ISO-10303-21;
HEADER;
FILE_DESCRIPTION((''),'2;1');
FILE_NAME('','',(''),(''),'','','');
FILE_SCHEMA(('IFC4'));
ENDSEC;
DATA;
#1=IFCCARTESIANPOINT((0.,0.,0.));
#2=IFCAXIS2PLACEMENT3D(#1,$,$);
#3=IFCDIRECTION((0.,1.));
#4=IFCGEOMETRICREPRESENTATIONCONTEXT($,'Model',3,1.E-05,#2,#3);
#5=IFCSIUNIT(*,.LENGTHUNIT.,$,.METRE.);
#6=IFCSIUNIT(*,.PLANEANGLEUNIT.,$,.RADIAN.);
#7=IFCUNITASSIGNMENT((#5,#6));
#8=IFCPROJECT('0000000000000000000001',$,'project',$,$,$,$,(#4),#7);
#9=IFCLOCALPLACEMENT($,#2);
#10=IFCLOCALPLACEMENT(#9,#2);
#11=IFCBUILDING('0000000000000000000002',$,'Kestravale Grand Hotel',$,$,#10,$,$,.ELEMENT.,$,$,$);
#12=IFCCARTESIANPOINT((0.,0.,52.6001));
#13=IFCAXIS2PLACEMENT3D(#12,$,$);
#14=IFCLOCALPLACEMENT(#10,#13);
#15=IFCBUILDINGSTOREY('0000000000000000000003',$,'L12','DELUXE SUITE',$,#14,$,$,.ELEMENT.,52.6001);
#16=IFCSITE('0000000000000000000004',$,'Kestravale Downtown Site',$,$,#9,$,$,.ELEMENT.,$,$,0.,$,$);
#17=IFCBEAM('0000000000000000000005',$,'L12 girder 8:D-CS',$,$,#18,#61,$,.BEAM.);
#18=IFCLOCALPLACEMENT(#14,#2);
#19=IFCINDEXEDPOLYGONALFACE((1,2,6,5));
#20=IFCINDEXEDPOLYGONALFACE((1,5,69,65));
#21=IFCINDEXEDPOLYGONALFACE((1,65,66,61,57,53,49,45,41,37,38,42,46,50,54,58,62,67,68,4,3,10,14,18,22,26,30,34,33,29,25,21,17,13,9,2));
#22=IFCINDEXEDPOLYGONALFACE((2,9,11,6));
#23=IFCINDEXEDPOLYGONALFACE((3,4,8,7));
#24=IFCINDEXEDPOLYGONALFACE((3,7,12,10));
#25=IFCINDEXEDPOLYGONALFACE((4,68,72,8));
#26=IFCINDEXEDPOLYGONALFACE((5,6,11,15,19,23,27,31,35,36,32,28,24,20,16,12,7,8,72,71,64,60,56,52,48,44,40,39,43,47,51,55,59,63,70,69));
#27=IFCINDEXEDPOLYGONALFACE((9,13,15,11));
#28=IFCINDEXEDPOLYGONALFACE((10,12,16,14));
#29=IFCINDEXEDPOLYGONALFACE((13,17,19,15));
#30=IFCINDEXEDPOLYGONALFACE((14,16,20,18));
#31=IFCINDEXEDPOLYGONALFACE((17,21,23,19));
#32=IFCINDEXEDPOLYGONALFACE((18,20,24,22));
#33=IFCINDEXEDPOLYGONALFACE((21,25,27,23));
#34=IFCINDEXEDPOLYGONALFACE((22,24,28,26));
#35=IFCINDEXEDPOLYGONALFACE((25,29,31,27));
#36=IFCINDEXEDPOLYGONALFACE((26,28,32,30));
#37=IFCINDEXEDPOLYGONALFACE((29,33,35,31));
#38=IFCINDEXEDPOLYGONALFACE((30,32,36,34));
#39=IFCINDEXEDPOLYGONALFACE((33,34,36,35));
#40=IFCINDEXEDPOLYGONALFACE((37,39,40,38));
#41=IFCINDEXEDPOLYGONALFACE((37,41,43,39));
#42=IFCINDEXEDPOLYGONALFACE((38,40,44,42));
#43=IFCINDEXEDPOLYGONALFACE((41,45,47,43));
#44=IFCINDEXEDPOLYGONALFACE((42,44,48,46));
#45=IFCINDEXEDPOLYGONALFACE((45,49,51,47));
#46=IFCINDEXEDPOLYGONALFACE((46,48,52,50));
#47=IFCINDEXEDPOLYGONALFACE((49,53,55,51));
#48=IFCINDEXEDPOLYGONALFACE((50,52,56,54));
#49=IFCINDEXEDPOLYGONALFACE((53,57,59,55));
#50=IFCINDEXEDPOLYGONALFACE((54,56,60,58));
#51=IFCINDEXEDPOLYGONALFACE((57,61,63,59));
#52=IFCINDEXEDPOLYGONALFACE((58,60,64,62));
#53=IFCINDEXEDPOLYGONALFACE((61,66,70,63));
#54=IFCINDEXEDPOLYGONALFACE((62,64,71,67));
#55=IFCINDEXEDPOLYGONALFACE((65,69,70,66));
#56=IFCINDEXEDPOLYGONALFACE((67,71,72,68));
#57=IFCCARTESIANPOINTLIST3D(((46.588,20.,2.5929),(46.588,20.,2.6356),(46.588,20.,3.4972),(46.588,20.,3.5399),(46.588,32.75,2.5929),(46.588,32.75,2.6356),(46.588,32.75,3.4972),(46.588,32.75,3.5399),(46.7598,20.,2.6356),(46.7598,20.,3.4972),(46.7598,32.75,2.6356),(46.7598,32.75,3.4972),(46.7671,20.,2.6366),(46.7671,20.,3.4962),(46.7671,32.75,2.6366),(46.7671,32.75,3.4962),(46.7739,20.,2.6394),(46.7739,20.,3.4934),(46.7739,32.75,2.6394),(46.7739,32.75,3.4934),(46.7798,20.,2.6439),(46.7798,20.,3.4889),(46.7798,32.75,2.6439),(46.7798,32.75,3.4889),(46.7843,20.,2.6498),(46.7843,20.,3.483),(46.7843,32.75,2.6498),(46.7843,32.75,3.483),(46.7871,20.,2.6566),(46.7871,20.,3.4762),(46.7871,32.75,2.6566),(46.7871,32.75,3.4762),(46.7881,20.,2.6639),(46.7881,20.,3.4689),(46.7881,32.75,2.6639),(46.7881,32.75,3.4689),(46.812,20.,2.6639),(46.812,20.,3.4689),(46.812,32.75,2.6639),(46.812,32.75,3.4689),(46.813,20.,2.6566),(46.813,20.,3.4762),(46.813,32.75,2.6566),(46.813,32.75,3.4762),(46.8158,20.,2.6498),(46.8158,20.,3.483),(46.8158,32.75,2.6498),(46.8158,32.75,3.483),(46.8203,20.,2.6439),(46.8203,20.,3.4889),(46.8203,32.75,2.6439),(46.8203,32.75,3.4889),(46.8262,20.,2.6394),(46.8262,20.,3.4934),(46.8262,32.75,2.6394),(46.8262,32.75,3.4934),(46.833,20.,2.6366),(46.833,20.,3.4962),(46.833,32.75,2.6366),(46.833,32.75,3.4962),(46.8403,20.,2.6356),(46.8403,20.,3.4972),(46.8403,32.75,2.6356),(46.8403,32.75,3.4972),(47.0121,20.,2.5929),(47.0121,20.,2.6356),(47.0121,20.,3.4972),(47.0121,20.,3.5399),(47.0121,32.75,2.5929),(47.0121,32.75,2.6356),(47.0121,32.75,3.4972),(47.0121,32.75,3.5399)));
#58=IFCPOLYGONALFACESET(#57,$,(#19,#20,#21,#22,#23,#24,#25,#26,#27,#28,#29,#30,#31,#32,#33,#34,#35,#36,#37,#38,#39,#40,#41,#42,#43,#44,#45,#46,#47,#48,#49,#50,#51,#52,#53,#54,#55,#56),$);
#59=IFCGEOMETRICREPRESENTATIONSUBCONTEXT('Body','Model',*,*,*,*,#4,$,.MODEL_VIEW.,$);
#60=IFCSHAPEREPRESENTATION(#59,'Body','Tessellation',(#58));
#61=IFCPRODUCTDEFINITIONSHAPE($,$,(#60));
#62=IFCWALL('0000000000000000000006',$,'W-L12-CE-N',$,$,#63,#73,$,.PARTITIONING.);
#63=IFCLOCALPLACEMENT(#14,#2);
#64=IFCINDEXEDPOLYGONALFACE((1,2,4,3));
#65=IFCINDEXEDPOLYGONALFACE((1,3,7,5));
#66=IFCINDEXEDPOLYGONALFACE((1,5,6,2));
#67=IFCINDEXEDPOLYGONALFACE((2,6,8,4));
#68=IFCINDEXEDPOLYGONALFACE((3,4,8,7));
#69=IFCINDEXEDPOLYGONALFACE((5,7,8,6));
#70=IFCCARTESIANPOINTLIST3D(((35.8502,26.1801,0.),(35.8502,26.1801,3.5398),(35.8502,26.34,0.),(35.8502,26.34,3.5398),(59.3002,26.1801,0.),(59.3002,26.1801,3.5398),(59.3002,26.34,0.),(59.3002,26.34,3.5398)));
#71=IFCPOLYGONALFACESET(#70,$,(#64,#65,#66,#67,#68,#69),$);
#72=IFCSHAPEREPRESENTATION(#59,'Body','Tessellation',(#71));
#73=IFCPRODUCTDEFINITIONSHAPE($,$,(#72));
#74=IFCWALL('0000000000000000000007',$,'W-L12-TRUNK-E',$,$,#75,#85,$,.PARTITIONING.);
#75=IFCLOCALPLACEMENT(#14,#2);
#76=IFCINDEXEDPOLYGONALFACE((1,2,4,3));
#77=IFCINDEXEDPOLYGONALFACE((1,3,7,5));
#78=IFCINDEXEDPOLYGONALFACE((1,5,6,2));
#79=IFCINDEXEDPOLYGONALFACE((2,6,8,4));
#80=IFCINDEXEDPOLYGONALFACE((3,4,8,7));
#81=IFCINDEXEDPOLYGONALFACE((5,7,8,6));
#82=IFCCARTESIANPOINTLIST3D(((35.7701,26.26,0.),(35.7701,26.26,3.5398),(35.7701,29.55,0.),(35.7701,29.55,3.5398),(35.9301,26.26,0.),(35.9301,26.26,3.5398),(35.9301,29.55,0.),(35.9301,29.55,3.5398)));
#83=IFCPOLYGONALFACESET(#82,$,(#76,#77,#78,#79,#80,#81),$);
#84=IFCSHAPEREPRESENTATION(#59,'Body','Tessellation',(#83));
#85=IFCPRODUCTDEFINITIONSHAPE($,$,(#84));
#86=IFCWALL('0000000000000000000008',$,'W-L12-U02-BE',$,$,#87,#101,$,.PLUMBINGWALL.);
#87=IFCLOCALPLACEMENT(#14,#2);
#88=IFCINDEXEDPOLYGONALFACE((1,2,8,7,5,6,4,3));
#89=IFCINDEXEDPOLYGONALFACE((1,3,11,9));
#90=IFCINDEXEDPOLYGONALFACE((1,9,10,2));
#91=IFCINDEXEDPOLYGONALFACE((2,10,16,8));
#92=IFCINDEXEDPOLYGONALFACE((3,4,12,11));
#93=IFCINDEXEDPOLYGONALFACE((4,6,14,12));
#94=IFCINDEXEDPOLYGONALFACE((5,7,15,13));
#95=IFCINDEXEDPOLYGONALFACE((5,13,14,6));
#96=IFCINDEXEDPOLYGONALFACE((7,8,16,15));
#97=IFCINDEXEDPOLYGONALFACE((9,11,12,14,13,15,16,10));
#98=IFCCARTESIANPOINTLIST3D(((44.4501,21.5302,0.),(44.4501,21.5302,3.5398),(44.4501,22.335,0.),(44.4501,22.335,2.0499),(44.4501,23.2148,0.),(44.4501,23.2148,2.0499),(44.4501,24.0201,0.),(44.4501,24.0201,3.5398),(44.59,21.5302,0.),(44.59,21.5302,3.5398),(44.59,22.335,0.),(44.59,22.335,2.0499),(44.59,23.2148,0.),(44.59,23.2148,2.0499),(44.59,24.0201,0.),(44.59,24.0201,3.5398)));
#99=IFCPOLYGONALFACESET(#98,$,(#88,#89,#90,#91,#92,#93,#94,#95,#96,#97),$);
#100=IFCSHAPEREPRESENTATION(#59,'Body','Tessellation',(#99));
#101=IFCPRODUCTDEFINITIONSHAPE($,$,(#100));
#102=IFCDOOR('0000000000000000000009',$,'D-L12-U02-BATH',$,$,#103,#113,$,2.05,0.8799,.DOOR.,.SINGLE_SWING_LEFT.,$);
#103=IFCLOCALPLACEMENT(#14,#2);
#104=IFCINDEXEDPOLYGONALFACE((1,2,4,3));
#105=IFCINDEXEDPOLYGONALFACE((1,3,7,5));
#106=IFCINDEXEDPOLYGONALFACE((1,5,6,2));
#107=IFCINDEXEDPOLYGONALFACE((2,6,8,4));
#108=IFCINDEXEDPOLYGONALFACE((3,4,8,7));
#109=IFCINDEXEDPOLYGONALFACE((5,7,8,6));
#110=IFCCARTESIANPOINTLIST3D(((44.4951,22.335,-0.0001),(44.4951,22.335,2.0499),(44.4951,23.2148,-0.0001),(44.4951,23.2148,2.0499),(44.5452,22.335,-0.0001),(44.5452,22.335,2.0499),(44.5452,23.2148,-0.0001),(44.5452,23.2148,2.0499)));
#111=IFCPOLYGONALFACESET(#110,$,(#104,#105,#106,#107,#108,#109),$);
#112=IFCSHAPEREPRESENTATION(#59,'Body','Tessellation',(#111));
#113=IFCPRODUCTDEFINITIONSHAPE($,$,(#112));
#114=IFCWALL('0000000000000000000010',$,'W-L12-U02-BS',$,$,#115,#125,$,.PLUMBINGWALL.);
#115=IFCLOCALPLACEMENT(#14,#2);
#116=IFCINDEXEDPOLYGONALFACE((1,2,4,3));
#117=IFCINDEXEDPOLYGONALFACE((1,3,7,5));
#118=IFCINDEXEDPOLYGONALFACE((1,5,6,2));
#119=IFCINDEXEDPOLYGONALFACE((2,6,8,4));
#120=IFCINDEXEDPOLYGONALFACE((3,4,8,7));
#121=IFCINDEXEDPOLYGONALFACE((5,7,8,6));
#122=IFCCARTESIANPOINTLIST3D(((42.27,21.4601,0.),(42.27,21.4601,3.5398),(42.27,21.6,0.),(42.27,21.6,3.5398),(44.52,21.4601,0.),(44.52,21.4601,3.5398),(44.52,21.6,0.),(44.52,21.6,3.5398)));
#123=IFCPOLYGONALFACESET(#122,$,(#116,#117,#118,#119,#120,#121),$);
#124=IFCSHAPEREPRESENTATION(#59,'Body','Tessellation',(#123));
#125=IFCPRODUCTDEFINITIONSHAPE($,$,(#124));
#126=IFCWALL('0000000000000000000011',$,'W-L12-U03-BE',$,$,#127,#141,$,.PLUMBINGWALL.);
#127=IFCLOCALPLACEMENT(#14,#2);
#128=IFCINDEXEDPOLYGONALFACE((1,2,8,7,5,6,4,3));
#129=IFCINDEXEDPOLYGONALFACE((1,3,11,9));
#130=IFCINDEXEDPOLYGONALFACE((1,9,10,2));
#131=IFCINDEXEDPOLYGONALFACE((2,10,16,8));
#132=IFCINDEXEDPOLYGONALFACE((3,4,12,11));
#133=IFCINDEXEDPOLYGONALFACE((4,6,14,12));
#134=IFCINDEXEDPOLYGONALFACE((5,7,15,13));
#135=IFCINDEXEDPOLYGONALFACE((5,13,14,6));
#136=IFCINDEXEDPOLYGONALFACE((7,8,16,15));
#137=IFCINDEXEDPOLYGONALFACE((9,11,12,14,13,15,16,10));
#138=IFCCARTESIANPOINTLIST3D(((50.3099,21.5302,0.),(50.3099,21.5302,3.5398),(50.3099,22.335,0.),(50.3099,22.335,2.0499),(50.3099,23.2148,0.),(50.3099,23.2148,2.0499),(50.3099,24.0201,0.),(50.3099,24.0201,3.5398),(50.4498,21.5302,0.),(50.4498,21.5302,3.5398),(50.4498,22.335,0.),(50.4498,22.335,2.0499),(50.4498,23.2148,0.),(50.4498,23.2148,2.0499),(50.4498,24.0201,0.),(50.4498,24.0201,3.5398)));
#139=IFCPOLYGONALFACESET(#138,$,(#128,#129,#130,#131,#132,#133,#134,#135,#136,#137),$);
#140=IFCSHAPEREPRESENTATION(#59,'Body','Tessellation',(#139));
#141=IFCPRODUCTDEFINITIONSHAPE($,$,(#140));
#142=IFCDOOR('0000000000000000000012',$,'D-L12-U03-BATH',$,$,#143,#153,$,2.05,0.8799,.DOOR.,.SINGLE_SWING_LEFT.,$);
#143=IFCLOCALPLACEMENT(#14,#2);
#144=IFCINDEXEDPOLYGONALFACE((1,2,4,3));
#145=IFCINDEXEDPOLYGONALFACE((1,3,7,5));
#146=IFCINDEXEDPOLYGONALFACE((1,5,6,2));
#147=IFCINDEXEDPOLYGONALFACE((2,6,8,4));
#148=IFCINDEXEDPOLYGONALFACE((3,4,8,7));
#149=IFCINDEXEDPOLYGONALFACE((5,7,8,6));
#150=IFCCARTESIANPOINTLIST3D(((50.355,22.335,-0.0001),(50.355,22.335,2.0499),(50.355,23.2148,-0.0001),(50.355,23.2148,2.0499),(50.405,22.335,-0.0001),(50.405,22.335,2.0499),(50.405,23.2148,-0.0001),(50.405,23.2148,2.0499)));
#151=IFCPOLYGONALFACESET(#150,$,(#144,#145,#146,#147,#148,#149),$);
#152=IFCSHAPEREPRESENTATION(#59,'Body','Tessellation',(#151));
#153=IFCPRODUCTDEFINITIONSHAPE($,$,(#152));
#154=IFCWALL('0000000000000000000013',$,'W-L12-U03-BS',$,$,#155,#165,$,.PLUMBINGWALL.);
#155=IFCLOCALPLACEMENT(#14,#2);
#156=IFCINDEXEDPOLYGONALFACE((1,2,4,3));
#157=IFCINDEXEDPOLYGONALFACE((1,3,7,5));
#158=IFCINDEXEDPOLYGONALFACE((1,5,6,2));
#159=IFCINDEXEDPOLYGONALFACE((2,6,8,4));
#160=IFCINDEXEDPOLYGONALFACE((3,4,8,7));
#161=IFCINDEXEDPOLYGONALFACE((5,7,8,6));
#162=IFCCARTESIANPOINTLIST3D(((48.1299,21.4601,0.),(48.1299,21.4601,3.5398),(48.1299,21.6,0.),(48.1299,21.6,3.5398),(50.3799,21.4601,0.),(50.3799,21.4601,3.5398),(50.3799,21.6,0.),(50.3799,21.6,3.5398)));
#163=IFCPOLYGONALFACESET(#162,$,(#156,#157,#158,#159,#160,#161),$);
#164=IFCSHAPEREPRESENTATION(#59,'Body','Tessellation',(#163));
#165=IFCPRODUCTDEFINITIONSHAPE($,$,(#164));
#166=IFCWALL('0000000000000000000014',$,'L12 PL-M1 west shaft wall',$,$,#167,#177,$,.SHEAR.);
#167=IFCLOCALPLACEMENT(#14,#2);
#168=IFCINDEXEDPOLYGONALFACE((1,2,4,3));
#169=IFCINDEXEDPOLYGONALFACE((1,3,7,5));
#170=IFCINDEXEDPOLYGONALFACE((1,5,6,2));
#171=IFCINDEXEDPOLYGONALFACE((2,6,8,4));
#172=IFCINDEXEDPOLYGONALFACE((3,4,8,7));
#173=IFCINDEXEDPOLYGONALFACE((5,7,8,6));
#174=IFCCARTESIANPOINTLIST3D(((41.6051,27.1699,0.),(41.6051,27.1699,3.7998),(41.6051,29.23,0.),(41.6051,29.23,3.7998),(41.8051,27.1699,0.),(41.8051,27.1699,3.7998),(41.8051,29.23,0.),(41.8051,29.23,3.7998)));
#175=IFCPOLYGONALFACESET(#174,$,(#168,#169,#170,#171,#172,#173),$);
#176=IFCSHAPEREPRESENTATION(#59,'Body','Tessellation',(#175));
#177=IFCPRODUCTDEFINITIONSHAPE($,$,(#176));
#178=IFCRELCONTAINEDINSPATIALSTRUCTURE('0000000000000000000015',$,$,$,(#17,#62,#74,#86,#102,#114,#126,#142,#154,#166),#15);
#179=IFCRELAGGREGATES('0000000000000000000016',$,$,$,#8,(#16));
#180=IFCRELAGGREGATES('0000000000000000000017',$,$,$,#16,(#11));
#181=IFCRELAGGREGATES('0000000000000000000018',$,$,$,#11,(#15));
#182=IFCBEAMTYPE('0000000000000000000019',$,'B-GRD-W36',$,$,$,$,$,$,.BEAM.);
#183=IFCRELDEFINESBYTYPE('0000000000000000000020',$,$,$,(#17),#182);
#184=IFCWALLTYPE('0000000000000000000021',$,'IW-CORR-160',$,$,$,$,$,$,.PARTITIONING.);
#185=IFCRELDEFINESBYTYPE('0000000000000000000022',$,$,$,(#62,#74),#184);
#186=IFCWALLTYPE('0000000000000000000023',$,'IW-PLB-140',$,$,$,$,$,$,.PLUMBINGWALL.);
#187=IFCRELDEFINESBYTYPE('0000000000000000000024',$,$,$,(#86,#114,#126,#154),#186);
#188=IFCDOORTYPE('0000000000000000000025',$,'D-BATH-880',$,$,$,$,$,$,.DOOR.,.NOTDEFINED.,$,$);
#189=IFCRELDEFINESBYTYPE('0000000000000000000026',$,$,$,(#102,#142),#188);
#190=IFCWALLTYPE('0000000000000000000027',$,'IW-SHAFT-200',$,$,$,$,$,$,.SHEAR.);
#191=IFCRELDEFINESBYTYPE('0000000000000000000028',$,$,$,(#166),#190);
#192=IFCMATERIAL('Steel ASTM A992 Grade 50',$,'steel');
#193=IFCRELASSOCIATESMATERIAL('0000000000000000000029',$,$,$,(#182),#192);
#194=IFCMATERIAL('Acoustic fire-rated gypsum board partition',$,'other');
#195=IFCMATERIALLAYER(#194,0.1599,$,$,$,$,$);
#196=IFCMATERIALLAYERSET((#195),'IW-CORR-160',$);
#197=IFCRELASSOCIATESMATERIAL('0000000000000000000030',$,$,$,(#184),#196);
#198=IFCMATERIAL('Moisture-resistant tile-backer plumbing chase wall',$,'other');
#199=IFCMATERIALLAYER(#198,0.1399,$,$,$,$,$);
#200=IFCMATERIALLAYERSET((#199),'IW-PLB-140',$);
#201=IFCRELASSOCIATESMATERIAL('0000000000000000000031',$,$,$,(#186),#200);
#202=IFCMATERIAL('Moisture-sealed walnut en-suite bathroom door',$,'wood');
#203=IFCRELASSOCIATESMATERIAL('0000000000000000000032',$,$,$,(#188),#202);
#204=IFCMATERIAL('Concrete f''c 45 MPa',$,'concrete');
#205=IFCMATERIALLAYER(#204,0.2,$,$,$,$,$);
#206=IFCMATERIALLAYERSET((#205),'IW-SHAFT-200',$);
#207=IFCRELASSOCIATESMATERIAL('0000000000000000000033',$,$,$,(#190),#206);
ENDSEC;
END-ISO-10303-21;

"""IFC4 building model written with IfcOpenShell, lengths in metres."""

from ifc_helpers import new_model, si_unit, direction, frame, frame_2d, origin, origin_2d, place, context, subcontext, project, spatial, rectangle, i_section, extrude, material, layer, layer_set, material_profile, profile_set, type_object, element, fill, save


model = new_model("IFC4")

# Units and contexts
model_context = context("Model", 3, precision=1e-05, world=origin(), true_north=direction((0.0, 1.0)))
body_context = subcontext(model_context, "Body", "Model", "MODEL_VIEW")
ifc_project = project(units=[si_unit("LENGTHUNIT", "METRE"), si_unit("PLANEANGLEUNIT", "RADIAN")], contexts=[model_context])

# Site, building, storey
site_placement = place(None, origin())
site = spatial("IfcSite", under=ifc_project, at=site_placement, Name="Kestravale Downtown Site", CompositionType="ELEMENT", RefElevation=0.0)
building_placement = place(site_placement, origin())
building = spatial("IfcBuilding", under=site, at=building_placement, Name="Kestravale Grand Hotel", CompositionType="ELEMENT")
storey_placement = place(building_placement, frame((0.0, 0.0, 52.6001)))
storey = spatial("IfcBuildingStorey", under=building, at=storey_placement, Name="L12", Description="DELUXE SUITE", CompositionType="ELEMENT", Elevation=52.6001)

# Beam
ifc_material_1 = material(Name="Steel ASTM A992 Grade 50", Category="steel")
ifc_material_profile_1 = material_profile(ifc_material_1, i_section(OverallWidth=0.4241, OverallDepth=0.947, WebThickness=0.0239, FlangeThickness=0.0427, FilletRadius=0.0283, at=origin_2d()))
ifc_profile_set_1 = profile_set([ifc_material_profile_1], Name="Steel ASTM A992 Grade 50")
beam_type = type_object("IfcBeamType", Name="B-GRD-W36", PredefinedType="BEAM", material=ifc_profile_set_1)
beam_1_placement = place(storey_placement, frame((46.8, 20.0, 3.0664), z_axis=(0.0, 1.0, 0.0), x_axis=(-1.0, 0.0, 0.0)))
element("IfcBeam", 1, at=beam_1_placement, inside=storey, type_object=beam_type, Name="L12 girder 8:D-CS", PredefinedType="BEAM", context=body_context, shape_type="SweptSolid", body=[
    extrude(i_section(OverallWidth=0.4241, OverallDepth=0.947, WebThickness=0.0239, FlangeThickness=0.0427, FilletRadius=0.0283, at=origin_2d()), origin(), (0.0, 0.0, 1.0), 12.75),
])

# Walls
ifc_material_2 = material(Name="Acoustic fire-rated gypsum board partition", Category="other")
ifc_layer_1 = layer(ifc_material_2, 0.1599)
ifc_layer_set_1 = layer_set([ifc_layer_1], Name="IW-CORR-160")
wall_type_1 = type_object("IfcWallType", Name="IW-CORR-160", PredefinedType="PARTITIONING", material=ifc_layer_set_1)
wall_1_placement = place(storey_placement, frame((35.8501, 26.26, 0.0), z_axis=(0.0, 0.0, 1.0), x_axis=(1.0, 0.0, 0.0)))
element("IfcWall", 2, at=wall_1_placement, inside=storey, type_object=wall_type_1, Name="W-L12-CE-N", PredefinedType="PARTITIONING", context=body_context, shape_type="SweptSolid", body=[
    extrude(rectangle(XDim=23.45, YDim=0.1599, at=frame_2d((11.7251, 0.0))), origin(), (0.0, 0.0, 1.0), 3.5398),
])
wall_2_placement = place(storey_placement, frame((35.8501, 26.26, 0.0), z_axis=(0.0, 0.0, 1.0), x_axis=(0.0, 1.0, 0.0)))
element("IfcWall", 3, at=wall_2_placement, inside=storey, type_object=wall_type_1, Name="W-L12-TRUNK-E", PredefinedType="PARTITIONING", context=body_context, shape_type="SweptSolid", body=[
    extrude(rectangle(XDim=3.29, YDim=0.1599, at=frame_2d((1.645, 0.0))), origin(), (0.0, 0.0, 1.0), 3.5398),
])

# Wall, opening, door
ifc_material_3 = material(Name="Moisture-resistant tile-backer plumbing chase wall", Category="other")
ifc_layer_2 = layer(ifc_material_3, 0.1399)
ifc_layer_set_2 = layer_set([ifc_layer_2], Name="IW-PLB-140")
wall_type_2 = type_object("IfcWallType", Name="IW-PLB-140", PredefinedType="PLUMBINGWALL", material=ifc_layer_set_2)
wall_3_placement = place(storey_placement, frame((44.52, 21.53, 0.0), z_axis=(0.0, 0.0, 1.0), x_axis=(0.0, 1.0, 0.0)))
wall_3 = element("IfcWall", 4, at=wall_3_placement, inside=storey, type_object=wall_type_2, Name="W-L12-U02-BE", PredefinedType="PLUMBINGWALL", context=body_context, shape_type="SweptSolid", body=[
    extrude(rectangle(XDim=2.49, YDim=0.1399, at=frame_2d((1.2451, 0.0))), origin(), (0.0, 0.0, 1.0), 3.5398),
])
opening_1_placement = place(wall_3_placement, frame((0.8049, 0.0, 0.0)))
opening_1 = element("IfcOpeningElement", 5, at=opening_1_placement, cuts=wall_3, PredefinedType="OPENING", context=body_context, shape_type="SweptSolid", body=[
    extrude(rectangle(XDim=0.8799, YDim=2.05, at=frame_2d((0.4399, 1.0249))), frame((0.0, 0.0798, 0.0), z_axis=(0.0, -1.0, 0.0), x_axis=(1.0, 0.0, 0.0)), (0.0, 0.0, 1.0), 0.1599),
])
ifc_material_4 = material(Name="Moisture-sealed walnut en-suite bathroom door", Category="wood")
door_type = type_object("IfcDoorType", Name="D-BATH-880", OperationType="NOTDEFINED", PredefinedType="DOOR", material=ifc_material_4)
door_1_placement = place(opening_1_placement, origin())
door_1 = element("IfcDoor", 6, at=door_1_placement, inside=storey, type_object=door_type, Name="D-L12-U02-BATH", OperationType="SINGLE_SWING_LEFT", OverallHeight=2.05, OverallWidth=0.8799, PredefinedType="DOOR", context=body_context, shape_type="SweptSolid", body=[
    extrude(rectangle(XDim=0.8799, YDim=2.05, at=frame_2d((0.4399, 1.0249))), frame((0.0, 0.0249, 0.0), z_axis=(0.0, -1.0, 0.0), x_axis=(1.0, 0.0, 0.0)), (0.0, 0.0, 1.0), 0.05),
])
fill(opening_1, door_1)

# Wall
wall_4_placement = place(storey_placement, frame((42.27, 21.53, 0.0), z_axis=(0.0, 0.0, 1.0), x_axis=(1.0, 0.0, 0.0)))
element("IfcWall", 7, at=wall_4_placement, inside=storey, type_object=wall_type_2, Name="W-L12-U02-BS", PredefinedType="PLUMBINGWALL", context=body_context, shape_type="SweptSolid", body=[
    extrude(rectangle(XDim=2.25, YDim=0.1399, at=frame_2d((1.125, 0.0))), origin(), (0.0, 0.0, 1.0), 3.5398),
])

# Wall, opening, door
wall_5_placement = place(storey_placement, frame((50.3799, 21.53, 0.0), z_axis=(0.0, 0.0, 1.0), x_axis=(0.0, 1.0, 0.0)))
wall_5 = element("IfcWall", 8, at=wall_5_placement, inside=storey, type_object=wall_type_2, Name="W-L12-U03-BE", PredefinedType="PLUMBINGWALL", context=body_context, shape_type="SweptSolid", body=[
    extrude(rectangle(XDim=2.49, YDim=0.1399, at=frame_2d((1.2451, 0.0))), origin(), (0.0, 0.0, 1.0), 3.5398),
])
opening_2_placement = place(wall_5_placement, frame((0.8049, 0.0, 0.0)))
opening_2 = element("IfcOpeningElement", 9, at=opening_2_placement, cuts=wall_5, PredefinedType="OPENING", context=body_context, shape_type="SweptSolid", body=[
    extrude(rectangle(XDim=0.8799, YDim=2.05, at=frame_2d((0.4399, 1.0249))), frame((0.0, 0.0798, 0.0), z_axis=(0.0, -1.0, 0.0), x_axis=(1.0, 0.0, 0.0)), (0.0, 0.0, 1.0), 0.1599),
])
door_2_placement = place(opening_2_placement, origin())
door_2 = element("IfcDoor", 10, at=door_2_placement, inside=storey, type_object=door_type, Name="D-L12-U03-BATH", OperationType="SINGLE_SWING_LEFT", OverallHeight=2.05, OverallWidth=0.8799, PredefinedType="DOOR", context=body_context, shape_type="SweptSolid", body=[
    extrude(rectangle(XDim=0.8799, YDim=2.05, at=frame_2d((0.4399, 1.0249))), frame((0.0, 0.0249, 0.0), z_axis=(0.0, -1.0, 0.0), x_axis=(1.0, 0.0, 0.0)), (0.0, 0.0, 1.0), 0.05),
])
fill(opening_2, door_2)

# Walls
wall_6_placement = place(storey_placement, frame((48.1299, 21.53, 0.0), z_axis=(0.0, 0.0, 1.0), x_axis=(1.0, 0.0, 0.0)))
element("IfcWall", 11, at=wall_6_placement, inside=storey, type_object=wall_type_2, Name="W-L12-U03-BS", PredefinedType="PLUMBINGWALL", context=body_context, shape_type="SweptSolid", body=[
    extrude(rectangle(XDim=2.25, YDim=0.1399, at=frame_2d((1.125, 0.0))), origin(), (0.0, 0.0, 1.0), 3.5398),
])
ifc_material_5 = material(Name="Concrete f'c 45 MPa", Category="concrete")
ifc_layer_3 = layer(ifc_material_5, 0.2)
ifc_layer_set_3 = layer_set([ifc_layer_3], Name="IW-SHAFT-200")
wall_type_3 = type_object("IfcWallType", Name="IW-SHAFT-200", PredefinedType="SHEAR", material=ifc_layer_set_3)
for number, where, z_axis, x_axis, name in (
    (12, (41.7051, 27.1699, 0.0), (0.0, 0.0, 1.0), (0.0, 1.0, 0.0), "L12 PL-M1 west shaft wall"),
):
    element("IfcWall", number, at=place(storey_placement, frame(where, z_axis=z_axis, x_axis=x_axis)), inside=storey, type_object=wall_type_3, Name=name, PredefinedType="SHEAR", context=body_context, shape_type="SweptSolid", body=[
        extrude(rectangle(XDim=2.0601, YDim=0.2, at=frame_2d((1.03, 0.0))), origin(), (0.0, 0.0, 1.0), 3.7998),
    ])

save(model, "model.ifc")
